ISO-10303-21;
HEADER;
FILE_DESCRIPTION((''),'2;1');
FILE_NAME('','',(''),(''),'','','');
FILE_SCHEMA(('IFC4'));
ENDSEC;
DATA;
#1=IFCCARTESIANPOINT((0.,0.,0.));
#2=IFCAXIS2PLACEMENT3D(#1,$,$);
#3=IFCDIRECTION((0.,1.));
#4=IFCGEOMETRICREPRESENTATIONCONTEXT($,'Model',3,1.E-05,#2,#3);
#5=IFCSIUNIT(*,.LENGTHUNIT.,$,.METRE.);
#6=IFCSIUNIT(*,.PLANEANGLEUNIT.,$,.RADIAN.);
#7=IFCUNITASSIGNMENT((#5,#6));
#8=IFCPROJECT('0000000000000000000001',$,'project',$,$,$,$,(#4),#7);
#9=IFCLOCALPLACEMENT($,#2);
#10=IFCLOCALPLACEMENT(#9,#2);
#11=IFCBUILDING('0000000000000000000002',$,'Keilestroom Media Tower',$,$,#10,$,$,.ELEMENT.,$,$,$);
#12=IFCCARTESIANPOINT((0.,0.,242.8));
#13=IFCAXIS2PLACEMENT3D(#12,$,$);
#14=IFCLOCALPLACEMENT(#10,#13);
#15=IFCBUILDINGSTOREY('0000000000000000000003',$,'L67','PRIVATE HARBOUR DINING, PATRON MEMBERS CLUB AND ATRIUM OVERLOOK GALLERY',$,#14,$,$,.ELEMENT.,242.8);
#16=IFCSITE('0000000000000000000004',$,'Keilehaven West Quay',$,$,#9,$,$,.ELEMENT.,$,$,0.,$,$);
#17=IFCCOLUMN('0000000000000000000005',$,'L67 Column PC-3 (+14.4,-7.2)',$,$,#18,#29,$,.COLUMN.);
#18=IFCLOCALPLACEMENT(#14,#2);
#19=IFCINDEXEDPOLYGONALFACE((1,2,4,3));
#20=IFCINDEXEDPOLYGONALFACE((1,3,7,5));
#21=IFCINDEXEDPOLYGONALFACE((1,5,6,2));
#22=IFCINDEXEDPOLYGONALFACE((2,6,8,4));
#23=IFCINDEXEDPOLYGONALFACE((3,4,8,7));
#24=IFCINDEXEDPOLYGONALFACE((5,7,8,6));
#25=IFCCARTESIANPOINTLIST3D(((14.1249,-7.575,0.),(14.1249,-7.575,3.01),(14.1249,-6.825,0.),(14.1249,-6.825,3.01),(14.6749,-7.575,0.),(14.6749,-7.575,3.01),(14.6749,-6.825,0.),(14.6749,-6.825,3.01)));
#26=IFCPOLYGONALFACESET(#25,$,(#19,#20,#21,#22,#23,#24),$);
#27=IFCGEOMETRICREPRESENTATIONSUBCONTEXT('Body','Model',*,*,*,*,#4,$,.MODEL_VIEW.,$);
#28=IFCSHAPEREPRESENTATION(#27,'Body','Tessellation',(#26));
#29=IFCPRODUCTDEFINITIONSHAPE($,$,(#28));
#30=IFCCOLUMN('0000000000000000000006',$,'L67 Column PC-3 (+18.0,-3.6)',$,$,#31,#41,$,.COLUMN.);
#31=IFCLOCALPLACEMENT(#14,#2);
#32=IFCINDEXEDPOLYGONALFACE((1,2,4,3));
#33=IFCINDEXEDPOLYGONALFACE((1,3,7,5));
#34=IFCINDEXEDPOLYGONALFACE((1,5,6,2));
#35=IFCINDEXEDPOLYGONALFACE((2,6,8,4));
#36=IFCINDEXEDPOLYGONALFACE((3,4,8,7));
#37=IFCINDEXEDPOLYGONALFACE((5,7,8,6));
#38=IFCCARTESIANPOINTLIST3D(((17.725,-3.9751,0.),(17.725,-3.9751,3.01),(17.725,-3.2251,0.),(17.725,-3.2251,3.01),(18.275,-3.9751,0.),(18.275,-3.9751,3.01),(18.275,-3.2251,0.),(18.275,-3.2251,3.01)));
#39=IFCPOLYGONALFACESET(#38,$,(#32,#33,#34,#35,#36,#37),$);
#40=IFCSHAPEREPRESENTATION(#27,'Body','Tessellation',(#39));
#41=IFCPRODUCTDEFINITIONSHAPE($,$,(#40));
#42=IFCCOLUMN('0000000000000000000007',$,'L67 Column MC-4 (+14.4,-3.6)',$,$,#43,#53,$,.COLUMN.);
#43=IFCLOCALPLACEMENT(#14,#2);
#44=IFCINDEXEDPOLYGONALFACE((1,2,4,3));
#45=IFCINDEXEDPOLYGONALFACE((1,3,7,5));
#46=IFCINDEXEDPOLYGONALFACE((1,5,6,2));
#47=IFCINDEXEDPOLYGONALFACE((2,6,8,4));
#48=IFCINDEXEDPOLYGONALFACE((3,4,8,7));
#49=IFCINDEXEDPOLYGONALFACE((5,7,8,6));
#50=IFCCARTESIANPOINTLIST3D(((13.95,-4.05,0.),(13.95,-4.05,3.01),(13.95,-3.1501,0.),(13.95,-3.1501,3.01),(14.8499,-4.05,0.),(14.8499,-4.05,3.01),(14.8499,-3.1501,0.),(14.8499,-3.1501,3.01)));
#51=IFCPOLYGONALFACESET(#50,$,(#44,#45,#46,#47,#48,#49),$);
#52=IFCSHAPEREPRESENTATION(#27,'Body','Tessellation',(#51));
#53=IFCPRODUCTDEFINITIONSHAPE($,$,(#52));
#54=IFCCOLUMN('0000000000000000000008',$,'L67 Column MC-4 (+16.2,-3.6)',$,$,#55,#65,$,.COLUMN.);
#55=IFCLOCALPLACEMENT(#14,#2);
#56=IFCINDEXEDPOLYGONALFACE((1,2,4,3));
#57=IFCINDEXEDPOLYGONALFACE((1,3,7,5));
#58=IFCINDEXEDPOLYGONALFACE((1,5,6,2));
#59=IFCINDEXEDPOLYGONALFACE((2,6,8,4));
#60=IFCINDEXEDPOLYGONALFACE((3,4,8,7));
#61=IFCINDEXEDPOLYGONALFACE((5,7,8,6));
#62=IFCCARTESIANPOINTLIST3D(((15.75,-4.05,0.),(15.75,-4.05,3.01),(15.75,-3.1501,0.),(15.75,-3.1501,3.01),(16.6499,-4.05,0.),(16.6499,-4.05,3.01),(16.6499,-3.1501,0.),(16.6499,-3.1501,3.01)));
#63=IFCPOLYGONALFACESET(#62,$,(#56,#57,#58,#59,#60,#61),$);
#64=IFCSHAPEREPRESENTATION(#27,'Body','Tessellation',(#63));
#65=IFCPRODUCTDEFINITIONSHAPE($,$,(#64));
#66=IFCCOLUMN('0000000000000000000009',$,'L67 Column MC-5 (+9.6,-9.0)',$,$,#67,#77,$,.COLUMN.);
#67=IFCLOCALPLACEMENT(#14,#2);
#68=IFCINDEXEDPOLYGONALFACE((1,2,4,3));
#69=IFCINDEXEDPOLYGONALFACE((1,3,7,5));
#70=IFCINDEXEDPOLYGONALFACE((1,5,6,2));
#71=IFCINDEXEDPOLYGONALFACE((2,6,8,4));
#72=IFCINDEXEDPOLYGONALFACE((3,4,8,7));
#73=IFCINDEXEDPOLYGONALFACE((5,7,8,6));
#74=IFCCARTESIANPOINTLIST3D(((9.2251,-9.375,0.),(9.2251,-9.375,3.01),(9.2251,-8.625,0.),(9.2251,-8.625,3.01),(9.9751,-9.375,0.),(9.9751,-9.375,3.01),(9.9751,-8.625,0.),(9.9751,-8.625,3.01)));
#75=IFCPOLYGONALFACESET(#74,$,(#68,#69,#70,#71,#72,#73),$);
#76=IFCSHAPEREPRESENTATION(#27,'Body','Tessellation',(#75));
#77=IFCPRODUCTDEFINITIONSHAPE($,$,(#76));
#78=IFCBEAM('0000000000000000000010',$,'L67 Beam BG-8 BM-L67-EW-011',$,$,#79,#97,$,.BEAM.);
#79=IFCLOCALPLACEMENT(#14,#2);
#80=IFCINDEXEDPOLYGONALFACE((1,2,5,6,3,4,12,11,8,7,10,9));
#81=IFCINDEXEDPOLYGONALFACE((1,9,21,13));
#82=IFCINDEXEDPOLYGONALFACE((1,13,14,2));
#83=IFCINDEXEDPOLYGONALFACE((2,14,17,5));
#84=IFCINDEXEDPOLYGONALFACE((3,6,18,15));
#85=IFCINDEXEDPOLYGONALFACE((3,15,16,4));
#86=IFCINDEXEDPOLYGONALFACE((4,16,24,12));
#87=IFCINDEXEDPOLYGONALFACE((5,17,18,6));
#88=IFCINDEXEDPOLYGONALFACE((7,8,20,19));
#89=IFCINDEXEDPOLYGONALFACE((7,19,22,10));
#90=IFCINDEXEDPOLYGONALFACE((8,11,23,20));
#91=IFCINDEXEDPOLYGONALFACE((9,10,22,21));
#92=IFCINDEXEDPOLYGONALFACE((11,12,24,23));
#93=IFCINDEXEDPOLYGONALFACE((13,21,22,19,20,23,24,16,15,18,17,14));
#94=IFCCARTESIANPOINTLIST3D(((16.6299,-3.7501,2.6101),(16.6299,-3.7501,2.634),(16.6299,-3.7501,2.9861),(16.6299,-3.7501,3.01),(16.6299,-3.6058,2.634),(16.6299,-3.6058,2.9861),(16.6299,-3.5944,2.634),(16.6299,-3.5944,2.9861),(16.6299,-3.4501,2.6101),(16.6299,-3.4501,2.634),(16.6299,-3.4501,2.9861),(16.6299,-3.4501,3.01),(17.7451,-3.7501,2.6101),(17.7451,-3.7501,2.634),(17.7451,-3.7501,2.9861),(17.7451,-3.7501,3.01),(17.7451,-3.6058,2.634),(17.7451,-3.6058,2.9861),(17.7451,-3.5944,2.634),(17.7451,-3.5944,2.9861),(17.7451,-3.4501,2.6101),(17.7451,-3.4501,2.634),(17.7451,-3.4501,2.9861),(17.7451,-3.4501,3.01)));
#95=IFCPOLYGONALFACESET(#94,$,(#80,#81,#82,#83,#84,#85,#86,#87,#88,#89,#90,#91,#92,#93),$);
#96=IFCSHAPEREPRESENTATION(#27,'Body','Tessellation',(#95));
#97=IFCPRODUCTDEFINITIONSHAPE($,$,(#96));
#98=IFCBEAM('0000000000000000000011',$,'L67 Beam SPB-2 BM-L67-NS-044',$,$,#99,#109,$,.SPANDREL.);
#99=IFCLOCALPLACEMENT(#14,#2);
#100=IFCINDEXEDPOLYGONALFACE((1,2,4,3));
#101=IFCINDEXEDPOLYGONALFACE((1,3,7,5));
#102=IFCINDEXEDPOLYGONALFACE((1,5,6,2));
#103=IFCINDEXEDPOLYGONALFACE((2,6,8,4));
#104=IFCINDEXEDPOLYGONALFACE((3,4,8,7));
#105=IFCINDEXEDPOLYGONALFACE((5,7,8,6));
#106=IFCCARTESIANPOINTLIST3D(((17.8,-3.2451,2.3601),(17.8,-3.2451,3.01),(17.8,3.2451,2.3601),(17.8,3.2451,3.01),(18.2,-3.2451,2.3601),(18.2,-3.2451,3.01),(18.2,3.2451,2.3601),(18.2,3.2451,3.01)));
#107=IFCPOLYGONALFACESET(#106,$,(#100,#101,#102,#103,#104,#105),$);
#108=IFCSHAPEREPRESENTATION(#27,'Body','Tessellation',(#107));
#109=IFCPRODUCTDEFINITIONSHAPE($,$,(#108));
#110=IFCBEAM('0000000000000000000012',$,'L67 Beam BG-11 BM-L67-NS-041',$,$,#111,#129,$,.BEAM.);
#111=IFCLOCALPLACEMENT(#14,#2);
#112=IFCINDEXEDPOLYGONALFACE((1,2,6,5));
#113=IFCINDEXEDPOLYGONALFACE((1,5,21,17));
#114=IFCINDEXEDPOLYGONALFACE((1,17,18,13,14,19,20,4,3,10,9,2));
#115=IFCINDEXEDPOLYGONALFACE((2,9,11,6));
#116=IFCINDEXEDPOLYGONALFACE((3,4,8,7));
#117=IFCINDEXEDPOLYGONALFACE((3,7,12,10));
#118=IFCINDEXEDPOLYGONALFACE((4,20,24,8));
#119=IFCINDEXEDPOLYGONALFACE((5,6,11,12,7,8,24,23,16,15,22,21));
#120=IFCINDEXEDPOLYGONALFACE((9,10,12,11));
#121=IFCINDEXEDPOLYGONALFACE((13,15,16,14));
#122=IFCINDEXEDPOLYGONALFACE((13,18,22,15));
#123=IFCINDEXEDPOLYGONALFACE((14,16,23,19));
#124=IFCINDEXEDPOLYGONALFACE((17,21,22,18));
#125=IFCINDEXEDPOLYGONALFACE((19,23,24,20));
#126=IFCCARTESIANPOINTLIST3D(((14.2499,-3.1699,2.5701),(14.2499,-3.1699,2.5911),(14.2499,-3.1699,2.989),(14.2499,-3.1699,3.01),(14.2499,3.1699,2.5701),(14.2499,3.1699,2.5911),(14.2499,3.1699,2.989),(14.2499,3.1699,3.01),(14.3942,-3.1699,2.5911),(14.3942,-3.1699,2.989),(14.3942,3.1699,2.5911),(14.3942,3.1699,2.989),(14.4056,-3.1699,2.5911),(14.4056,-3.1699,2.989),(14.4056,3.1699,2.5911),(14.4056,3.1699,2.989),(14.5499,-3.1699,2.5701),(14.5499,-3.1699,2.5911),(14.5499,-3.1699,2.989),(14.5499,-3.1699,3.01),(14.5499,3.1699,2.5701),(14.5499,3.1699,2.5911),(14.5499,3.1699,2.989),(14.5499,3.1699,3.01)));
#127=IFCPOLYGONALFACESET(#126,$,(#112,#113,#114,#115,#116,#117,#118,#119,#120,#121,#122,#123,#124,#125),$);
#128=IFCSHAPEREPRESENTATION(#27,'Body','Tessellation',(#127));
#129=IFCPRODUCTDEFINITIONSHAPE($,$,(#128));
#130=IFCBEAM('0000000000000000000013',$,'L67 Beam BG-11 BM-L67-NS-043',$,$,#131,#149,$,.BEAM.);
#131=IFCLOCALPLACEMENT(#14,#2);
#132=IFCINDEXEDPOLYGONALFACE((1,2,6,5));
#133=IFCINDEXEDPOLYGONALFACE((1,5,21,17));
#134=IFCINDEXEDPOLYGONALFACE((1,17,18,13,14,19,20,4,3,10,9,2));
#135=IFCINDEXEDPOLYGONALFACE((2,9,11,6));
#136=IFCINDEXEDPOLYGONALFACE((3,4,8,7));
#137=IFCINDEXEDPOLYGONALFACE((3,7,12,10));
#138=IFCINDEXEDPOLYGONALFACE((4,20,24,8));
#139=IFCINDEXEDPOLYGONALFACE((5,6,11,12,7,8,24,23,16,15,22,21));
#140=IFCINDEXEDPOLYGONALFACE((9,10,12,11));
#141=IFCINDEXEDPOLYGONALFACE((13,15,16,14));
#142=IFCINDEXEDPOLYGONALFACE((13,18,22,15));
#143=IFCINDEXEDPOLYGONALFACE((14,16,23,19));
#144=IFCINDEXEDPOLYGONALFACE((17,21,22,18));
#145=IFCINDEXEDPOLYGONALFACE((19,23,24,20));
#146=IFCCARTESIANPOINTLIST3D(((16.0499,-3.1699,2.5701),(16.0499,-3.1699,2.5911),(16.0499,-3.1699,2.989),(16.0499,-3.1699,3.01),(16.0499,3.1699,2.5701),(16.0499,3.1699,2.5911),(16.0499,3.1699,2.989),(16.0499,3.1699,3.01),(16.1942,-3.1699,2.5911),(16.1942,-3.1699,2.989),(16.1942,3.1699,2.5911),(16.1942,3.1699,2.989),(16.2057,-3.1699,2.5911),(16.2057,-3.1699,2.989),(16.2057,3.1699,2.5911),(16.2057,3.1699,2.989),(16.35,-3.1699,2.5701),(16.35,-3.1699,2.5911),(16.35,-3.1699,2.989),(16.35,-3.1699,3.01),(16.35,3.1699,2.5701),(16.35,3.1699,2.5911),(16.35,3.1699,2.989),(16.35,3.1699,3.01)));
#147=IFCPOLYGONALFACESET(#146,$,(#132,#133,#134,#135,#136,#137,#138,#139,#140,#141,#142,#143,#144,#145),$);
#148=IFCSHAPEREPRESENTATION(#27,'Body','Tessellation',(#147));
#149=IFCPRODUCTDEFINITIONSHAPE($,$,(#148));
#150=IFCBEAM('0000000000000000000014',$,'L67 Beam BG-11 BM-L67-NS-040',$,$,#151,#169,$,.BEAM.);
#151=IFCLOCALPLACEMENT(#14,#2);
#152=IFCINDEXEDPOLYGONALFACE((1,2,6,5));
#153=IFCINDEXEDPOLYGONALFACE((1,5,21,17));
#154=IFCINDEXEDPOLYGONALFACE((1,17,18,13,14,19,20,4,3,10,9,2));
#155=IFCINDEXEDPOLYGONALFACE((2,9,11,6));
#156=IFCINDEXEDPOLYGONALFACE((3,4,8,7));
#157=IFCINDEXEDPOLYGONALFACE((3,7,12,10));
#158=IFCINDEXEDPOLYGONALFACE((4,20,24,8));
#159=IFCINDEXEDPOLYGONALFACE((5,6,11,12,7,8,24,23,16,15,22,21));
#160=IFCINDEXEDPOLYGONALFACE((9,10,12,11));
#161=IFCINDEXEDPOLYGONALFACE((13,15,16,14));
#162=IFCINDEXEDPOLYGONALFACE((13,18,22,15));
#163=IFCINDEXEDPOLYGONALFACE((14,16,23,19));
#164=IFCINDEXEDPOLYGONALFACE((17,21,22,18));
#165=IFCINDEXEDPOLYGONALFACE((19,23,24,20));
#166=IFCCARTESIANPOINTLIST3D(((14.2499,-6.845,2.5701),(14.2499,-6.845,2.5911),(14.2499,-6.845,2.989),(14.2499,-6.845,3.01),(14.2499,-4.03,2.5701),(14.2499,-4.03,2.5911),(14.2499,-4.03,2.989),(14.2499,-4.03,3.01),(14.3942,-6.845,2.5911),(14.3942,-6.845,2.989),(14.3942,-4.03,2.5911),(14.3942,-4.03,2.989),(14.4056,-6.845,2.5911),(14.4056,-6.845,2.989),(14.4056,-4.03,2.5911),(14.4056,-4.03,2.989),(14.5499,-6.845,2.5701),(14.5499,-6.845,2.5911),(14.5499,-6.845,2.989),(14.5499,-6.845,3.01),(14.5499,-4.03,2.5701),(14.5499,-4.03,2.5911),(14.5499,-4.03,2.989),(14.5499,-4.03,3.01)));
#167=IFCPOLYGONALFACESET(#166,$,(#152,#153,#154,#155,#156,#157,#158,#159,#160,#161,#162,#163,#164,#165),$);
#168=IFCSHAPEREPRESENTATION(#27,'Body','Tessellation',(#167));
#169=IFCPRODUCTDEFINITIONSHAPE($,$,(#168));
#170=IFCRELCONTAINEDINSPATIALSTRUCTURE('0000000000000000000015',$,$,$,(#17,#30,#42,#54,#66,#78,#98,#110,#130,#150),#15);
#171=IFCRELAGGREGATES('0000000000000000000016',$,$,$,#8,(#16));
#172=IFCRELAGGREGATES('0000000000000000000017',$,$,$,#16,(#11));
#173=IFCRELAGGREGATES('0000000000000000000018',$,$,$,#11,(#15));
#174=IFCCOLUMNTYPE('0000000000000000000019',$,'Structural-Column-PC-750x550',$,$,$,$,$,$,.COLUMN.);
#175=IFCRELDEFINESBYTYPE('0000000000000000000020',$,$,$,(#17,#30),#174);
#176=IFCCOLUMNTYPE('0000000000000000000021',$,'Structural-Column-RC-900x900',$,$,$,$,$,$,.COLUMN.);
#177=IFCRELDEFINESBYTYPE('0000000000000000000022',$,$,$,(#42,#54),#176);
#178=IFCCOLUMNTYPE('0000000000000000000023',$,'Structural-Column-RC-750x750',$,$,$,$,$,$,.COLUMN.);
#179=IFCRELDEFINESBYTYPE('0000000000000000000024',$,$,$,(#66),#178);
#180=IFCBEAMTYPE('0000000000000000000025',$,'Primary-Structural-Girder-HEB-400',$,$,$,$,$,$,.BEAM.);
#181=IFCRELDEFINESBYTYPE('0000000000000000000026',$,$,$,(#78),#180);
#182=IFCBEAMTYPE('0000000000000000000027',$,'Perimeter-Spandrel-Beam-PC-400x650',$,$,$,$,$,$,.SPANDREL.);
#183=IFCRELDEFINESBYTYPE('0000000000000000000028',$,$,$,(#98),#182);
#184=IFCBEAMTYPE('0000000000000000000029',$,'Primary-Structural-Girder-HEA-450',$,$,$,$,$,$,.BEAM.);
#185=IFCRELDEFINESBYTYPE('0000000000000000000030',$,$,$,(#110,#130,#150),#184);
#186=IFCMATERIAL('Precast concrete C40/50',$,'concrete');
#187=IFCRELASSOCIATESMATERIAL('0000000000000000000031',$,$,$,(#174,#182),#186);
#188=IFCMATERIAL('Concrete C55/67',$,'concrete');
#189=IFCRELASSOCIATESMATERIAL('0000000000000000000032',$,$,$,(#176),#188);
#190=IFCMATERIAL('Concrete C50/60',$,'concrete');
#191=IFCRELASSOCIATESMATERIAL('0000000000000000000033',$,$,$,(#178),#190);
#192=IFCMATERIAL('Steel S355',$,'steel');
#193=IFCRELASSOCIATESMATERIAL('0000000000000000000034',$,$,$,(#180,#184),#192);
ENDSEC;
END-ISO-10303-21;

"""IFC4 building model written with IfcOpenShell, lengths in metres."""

from ifc_helpers import new_model, si_unit, direction, frame, origin, origin_2d, place, context, subcontext, project, spatial, rectangle, i_section, extrude, source, transform, mapped, material, material_profile, profile_set, type_object, element, save


model = new_model("IFC4")

# Units and contexts
model_context = context("Model", 3, precision=1e-05, world=origin(), true_north=direction((0.0, 1.0)))
body_context = subcontext(model_context, "Body", "Model", "MODEL_VIEW")
ifc_project = project(units=[si_unit("LENGTHUNIT", "METRE"), si_unit("PLANEANGLEUNIT", "RADIAN")], contexts=[model_context])

# Site, building, storey
site_placement = place(None, origin())
site = spatial("IfcSite", under=ifc_project, at=site_placement, Name="Keilehaven West Quay", CompositionType="ELEMENT", RefElevation=0.0)
building_placement = place(site_placement, origin())
building = spatial("IfcBuilding", under=site, at=building_placement, Name="Keilestroom Media Tower", CompositionType="ELEMENT")
storey_placement = place(building_placement, frame((0.0, 0.0, 242.8)))
storey = spatial("IfcBuildingStorey", under=building, at=storey_placement, Name="L67", Description="PRIVATE HARBOUR DINING, PATRON MEMBERS CLUB AND ATRIUM OVERLOOK GALLERY", CompositionType="ELEMENT", Elevation=242.8)

# Columns
ifc_material_1 = material(Name="Precast concrete C40/50", Category="concrete")
ifc_material_profile_1 = material_profile(ifc_material_1, rectangle(XDim=0.55, YDim=0.75, at=origin_2d()), Name="PC 750x550")
ifc_profile_set_1 = profile_set([ifc_material_profile_1], Name="Precast concrete C40/50")
column_type_1 = type_object("IfcColumnType", Name="Structural-Column-PC-750x550", PredefinedType="COLUMN", material=ifc_profile_set_1)
shared_shape_1 = source(origin(), body_context, "Body", "SweptSolid", [
    extrude(rectangle(XDim=0.55, YDim=0.75, at=origin_2d()), origin(), (0.0, 0.0, 1.0), 3.01),
])
for number, where, z_axis, x_axis, name in (
    (1, (14.3999, -7.2, 0.0), (0.0, 0.0, 1.0), (1.0, 0.0, 0.0), "L67 Column PC-3 (+14.4,-7.2)"),
    (2, (18.0, -3.6001, 0.0), (0.0, 0.0, 1.0), (1.0, 0.0, 0.0), "L67 Column PC-3 (+18.0,-3.6)"),
):
    element("IfcColumn", number, at=place(storey_placement, frame(where, z_axis=z_axis, x_axis=x_axis)), inside=storey, type_object=column_type_1, Name=name, PredefinedType="COLUMN", context=body_context, shape_type="MappedRepresentation", body=[
        mapped(shared_shape_1, transform((0.0, 0.0, 0.0), x_axis=(1.0, 0.0, 0.0), y_axis=(0.0, 1.0, 0.0), z_axis=(0.0, 0.0, 1.0), scale=1.0)),
    ])
ifc_material_2 = material(Name="Concrete C55/67", Category="concrete")
ifc_material_profile_2 = material_profile(ifc_material_2, rectangle(XDim=0.8999, YDim=0.8999, at=origin_2d()), Name="RC 900x900")
ifc_profile_set_2 = profile_set([ifc_material_profile_2], Name="Concrete C55/67")
column_type_2 = type_object("IfcColumnType", Name="Structural-Column-RC-900x900", PredefinedType="COLUMN", material=ifc_profile_set_2)
shared_shape_2 = source(origin(), body_context, "Body", "SweptSolid", [
    extrude(rectangle(XDim=0.8999, YDim=0.8999, at=origin_2d()), origin(), (0.0, 0.0, 1.0), 3.01),
])
for number, where, z_axis, x_axis, name in (
    (3, (14.3999, -3.6001, 0.0), (0.0, 0.0, 1.0), (1.0, 0.0, 0.0), "L67 Column MC-4 (+14.4,-3.6)"),
    (4, (16.2, -3.6001, 0.0), (0.0, 0.0, 1.0), (1.0, 0.0, 0.0), "L67 Column MC-4 (+16.2,-3.6)"),
):
    element("IfcColumn", number, at=place(storey_placement, frame(where, z_axis=z_axis, x_axis=x_axis)), inside=storey, type_object=column_type_2, Name=name, PredefinedType="COLUMN", context=body_context, shape_type="MappedRepresentation", body=[
        mapped(shared_shape_2, transform((0.0, 0.0, 0.0), x_axis=(1.0, 0.0, 0.0), y_axis=(0.0, 1.0, 0.0), z_axis=(0.0, 0.0, 1.0), scale=1.0)),
    ])
ifc_material_3 = material(Name="Concrete C50/60", Category="concrete")
ifc_material_profile_3 = material_profile(ifc_material_3, rectangle(XDim=0.75, YDim=0.75, at=origin_2d()), Name="RC 750x750")
ifc_profile_set_3 = profile_set([ifc_material_profile_3], Name="Concrete C50/60")
column_type_3 = type_object("IfcColumnType", Name="Structural-Column-RC-750x750", PredefinedType="COLUMN", material=ifc_profile_set_3)
shared_shape_3 = source(origin(), body_context, "Body", "SweptSolid", [
    extrude(rectangle(XDim=0.75, YDim=0.75, at=origin_2d()), origin(), (0.0, 0.0, 1.0), 3.01),
])
column_placement = place(storey_placement, frame((9.6001, -9.0, 0.0), z_axis=(0.0, 0.0, 1.0), x_axis=(1.0, 0.0, 0.0)))
element("IfcColumn", 5, at=column_placement, inside=storey, type_object=column_type_3, Name="L67 Column MC-5 (+9.6,-9.0)", PredefinedType="COLUMN", context=body_context, shape_type="MappedRepresentation", body=[
    mapped(shared_shape_3, transform((0.0, 0.0, 0.0), x_axis=(1.0, 0.0, 0.0), y_axis=(0.0, 1.0, 0.0), z_axis=(0.0, 0.0, 1.0), scale=1.0)),
])

# Beams
ifc_material_4 = material(Name="Steel S355", Category="steel")
ifc_material_profile_4 = material_profile(ifc_material_4, i_section(OverallWidth=0.3, OverallDepth=0.3999, WebThickness=0.0115, FlangeThickness=0.0239, at=origin_2d()), Name="HEB 400")
ifc_profile_set_4 = profile_set([ifc_material_profile_4], Name="Steel S355")
beam_type_1 = type_object("IfcBeamType", Name="Primary-Structural-Girder-HEB-400", PredefinedType="BEAM", material=ifc_profile_set_4)
shared_shape_4 = source(origin(), body_context, "Body", "SweptSolid", [
    extrude(i_section(OverallWidth=0.3, OverallDepth=0.3999, WebThickness=0.0115, FlangeThickness=0.0239, at=origin_2d()), origin(), (0.0, 0.0, 1.0), 1.1152),
])
beam_1_placement = place(storey_placement, frame((16.6299, -3.6001, 2.8101), z_axis=(1.0, 0.0, 0.0), x_axis=(0.0, 1.0, 0.0)))
element("IfcBeam", 6, at=beam_1_placement, inside=storey, type_object=beam_type_1, Name="L67 Beam BG-8 BM-L67-EW-011", PredefinedType="BEAM", context=body_context, shape_type="MappedRepresentation", body=[
    mapped(shared_shape_4, transform((0.0, 0.0, 0.0), x_axis=(1.0, 0.0, 0.0), y_axis=(0.0, 1.0, 0.0), z_axis=(0.0, 0.0, 1.0), scale=1.0)),
])
ifc_material_profile_5 = material_profile(ifc_material_1, rectangle(XDim=0.3999, YDim=0.6499, at=origin_2d()), Name="PC 400x650")
ifc_profile_set_5 = profile_set([ifc_material_profile_5], Name="Precast concrete C40/50")
beam_type_2 = type_object("IfcBeamType", Name="Perimeter-Spandrel-Beam-PC-400x650", PredefinedType="SPANDREL", material=ifc_profile_set_5)
shared_shape_5 = source(origin(), body_context, "Body", "SweptSolid", [
    extrude(rectangle(XDim=0.3999, YDim=0.6499, at=origin_2d()), origin(), (0.0, 0.0, 1.0), 6.4902),
])
beam_2_placement = place(storey_placement, frame((18.0, -3.2451, 2.6851), z_axis=(0.0, 1.0, 0.0), x_axis=(-1.0, 0.0, 0.0)))
element("IfcBeam", 7, at=beam_2_placement, inside=storey, type_object=beam_type_2, Name="L67 Beam SPB-2 BM-L67-NS-044", PredefinedType="SPANDREL", context=body_context, shape_type="MappedRepresentation", body=[
    mapped(shared_shape_5, transform((0.0, 0.0, 0.0), x_axis=(1.0, 0.0, 0.0), y_axis=(0.0, 1.0, 0.0), z_axis=(0.0, 0.0, 1.0), scale=1.0)),
])
ifc_material_profile_6 = material_profile(ifc_material_4, i_section(OverallWidth=0.3, OverallDepth=0.4399, WebThickness=0.0115, FlangeThickness=0.021, at=origin_2d()), Name="HEA 450")
ifc_profile_set_6 = profile_set([ifc_material_profile_6], Name="Steel S355")
beam_type_3 = type_object("IfcBeamType", Name="Primary-Structural-Girder-HEA-450", PredefinedType="BEAM", material=ifc_profile_set_6)
shared_shape_6 = source(origin(), body_context, "Body", "SweptSolid", [
    extrude(i_section(OverallWidth=0.3, OverallDepth=0.4399, WebThickness=0.0115, FlangeThickness=0.021, at=origin_2d()), origin(), (0.0, 0.0, 1.0), 6.3398),
])
for number, where, z_axis, x_axis, name in (
    (8, (14.3999, -3.1699, 2.79), (0.0, 1.0, 0.0), (-1.0, 0.0, 0.0), "L67 Beam BG-11 BM-L67-NS-041"),
    (9, (16.2, -3.1699, 2.79), (0.0, 1.0, 0.0), (-1.0, 0.0, 0.0), "L67 Beam BG-11 BM-L67-NS-043"),
):
    element("IfcBeam", number, at=place(storey_placement, frame(where, z_axis=z_axis, x_axis=x_axis)), inside=storey, type_object=beam_type_3, Name=name, PredefinedType="BEAM", context=body_context, shape_type="MappedRepresentation", body=[
        mapped(shared_shape_6, transform((0.0, 0.0, 0.0), x_axis=(1.0, 0.0, 0.0), y_axis=(0.0, 1.0, 0.0), z_axis=(0.0, 0.0, 1.0), scale=1.0)),
    ])
shared_shape_7 = source(origin(), body_context, "Body", "SweptSolid", [
    extrude(i_section(OverallWidth=0.3, OverallDepth=0.4399, WebThickness=0.0115, FlangeThickness=0.021, at=origin_2d()), origin(), (0.0, 0.0, 1.0), 2.8149),
])
beam_3_placement = place(storey_placement, frame((14.3999, -6.845, 2.79), z_axis=(0.0, 1.0, 0.0), x_axis=(-1.0, 0.0, 0.0)))
element("IfcBeam", 10, at=beam_3_placement, inside=storey, type_object=beam_type_3, Name="L67 Beam BG-11 BM-L67-NS-040", PredefinedType="BEAM", context=body_context, shape_type="MappedRepresentation", body=[
    mapped(shared_shape_7, transform((0.0, 0.0, 0.0), x_axis=(1.0, 0.0, 0.0), y_axis=(0.0, 1.0, 0.0), z_axis=(0.0, 0.0, 1.0), scale=1.0)),
])

save(model, "model.ifc")
